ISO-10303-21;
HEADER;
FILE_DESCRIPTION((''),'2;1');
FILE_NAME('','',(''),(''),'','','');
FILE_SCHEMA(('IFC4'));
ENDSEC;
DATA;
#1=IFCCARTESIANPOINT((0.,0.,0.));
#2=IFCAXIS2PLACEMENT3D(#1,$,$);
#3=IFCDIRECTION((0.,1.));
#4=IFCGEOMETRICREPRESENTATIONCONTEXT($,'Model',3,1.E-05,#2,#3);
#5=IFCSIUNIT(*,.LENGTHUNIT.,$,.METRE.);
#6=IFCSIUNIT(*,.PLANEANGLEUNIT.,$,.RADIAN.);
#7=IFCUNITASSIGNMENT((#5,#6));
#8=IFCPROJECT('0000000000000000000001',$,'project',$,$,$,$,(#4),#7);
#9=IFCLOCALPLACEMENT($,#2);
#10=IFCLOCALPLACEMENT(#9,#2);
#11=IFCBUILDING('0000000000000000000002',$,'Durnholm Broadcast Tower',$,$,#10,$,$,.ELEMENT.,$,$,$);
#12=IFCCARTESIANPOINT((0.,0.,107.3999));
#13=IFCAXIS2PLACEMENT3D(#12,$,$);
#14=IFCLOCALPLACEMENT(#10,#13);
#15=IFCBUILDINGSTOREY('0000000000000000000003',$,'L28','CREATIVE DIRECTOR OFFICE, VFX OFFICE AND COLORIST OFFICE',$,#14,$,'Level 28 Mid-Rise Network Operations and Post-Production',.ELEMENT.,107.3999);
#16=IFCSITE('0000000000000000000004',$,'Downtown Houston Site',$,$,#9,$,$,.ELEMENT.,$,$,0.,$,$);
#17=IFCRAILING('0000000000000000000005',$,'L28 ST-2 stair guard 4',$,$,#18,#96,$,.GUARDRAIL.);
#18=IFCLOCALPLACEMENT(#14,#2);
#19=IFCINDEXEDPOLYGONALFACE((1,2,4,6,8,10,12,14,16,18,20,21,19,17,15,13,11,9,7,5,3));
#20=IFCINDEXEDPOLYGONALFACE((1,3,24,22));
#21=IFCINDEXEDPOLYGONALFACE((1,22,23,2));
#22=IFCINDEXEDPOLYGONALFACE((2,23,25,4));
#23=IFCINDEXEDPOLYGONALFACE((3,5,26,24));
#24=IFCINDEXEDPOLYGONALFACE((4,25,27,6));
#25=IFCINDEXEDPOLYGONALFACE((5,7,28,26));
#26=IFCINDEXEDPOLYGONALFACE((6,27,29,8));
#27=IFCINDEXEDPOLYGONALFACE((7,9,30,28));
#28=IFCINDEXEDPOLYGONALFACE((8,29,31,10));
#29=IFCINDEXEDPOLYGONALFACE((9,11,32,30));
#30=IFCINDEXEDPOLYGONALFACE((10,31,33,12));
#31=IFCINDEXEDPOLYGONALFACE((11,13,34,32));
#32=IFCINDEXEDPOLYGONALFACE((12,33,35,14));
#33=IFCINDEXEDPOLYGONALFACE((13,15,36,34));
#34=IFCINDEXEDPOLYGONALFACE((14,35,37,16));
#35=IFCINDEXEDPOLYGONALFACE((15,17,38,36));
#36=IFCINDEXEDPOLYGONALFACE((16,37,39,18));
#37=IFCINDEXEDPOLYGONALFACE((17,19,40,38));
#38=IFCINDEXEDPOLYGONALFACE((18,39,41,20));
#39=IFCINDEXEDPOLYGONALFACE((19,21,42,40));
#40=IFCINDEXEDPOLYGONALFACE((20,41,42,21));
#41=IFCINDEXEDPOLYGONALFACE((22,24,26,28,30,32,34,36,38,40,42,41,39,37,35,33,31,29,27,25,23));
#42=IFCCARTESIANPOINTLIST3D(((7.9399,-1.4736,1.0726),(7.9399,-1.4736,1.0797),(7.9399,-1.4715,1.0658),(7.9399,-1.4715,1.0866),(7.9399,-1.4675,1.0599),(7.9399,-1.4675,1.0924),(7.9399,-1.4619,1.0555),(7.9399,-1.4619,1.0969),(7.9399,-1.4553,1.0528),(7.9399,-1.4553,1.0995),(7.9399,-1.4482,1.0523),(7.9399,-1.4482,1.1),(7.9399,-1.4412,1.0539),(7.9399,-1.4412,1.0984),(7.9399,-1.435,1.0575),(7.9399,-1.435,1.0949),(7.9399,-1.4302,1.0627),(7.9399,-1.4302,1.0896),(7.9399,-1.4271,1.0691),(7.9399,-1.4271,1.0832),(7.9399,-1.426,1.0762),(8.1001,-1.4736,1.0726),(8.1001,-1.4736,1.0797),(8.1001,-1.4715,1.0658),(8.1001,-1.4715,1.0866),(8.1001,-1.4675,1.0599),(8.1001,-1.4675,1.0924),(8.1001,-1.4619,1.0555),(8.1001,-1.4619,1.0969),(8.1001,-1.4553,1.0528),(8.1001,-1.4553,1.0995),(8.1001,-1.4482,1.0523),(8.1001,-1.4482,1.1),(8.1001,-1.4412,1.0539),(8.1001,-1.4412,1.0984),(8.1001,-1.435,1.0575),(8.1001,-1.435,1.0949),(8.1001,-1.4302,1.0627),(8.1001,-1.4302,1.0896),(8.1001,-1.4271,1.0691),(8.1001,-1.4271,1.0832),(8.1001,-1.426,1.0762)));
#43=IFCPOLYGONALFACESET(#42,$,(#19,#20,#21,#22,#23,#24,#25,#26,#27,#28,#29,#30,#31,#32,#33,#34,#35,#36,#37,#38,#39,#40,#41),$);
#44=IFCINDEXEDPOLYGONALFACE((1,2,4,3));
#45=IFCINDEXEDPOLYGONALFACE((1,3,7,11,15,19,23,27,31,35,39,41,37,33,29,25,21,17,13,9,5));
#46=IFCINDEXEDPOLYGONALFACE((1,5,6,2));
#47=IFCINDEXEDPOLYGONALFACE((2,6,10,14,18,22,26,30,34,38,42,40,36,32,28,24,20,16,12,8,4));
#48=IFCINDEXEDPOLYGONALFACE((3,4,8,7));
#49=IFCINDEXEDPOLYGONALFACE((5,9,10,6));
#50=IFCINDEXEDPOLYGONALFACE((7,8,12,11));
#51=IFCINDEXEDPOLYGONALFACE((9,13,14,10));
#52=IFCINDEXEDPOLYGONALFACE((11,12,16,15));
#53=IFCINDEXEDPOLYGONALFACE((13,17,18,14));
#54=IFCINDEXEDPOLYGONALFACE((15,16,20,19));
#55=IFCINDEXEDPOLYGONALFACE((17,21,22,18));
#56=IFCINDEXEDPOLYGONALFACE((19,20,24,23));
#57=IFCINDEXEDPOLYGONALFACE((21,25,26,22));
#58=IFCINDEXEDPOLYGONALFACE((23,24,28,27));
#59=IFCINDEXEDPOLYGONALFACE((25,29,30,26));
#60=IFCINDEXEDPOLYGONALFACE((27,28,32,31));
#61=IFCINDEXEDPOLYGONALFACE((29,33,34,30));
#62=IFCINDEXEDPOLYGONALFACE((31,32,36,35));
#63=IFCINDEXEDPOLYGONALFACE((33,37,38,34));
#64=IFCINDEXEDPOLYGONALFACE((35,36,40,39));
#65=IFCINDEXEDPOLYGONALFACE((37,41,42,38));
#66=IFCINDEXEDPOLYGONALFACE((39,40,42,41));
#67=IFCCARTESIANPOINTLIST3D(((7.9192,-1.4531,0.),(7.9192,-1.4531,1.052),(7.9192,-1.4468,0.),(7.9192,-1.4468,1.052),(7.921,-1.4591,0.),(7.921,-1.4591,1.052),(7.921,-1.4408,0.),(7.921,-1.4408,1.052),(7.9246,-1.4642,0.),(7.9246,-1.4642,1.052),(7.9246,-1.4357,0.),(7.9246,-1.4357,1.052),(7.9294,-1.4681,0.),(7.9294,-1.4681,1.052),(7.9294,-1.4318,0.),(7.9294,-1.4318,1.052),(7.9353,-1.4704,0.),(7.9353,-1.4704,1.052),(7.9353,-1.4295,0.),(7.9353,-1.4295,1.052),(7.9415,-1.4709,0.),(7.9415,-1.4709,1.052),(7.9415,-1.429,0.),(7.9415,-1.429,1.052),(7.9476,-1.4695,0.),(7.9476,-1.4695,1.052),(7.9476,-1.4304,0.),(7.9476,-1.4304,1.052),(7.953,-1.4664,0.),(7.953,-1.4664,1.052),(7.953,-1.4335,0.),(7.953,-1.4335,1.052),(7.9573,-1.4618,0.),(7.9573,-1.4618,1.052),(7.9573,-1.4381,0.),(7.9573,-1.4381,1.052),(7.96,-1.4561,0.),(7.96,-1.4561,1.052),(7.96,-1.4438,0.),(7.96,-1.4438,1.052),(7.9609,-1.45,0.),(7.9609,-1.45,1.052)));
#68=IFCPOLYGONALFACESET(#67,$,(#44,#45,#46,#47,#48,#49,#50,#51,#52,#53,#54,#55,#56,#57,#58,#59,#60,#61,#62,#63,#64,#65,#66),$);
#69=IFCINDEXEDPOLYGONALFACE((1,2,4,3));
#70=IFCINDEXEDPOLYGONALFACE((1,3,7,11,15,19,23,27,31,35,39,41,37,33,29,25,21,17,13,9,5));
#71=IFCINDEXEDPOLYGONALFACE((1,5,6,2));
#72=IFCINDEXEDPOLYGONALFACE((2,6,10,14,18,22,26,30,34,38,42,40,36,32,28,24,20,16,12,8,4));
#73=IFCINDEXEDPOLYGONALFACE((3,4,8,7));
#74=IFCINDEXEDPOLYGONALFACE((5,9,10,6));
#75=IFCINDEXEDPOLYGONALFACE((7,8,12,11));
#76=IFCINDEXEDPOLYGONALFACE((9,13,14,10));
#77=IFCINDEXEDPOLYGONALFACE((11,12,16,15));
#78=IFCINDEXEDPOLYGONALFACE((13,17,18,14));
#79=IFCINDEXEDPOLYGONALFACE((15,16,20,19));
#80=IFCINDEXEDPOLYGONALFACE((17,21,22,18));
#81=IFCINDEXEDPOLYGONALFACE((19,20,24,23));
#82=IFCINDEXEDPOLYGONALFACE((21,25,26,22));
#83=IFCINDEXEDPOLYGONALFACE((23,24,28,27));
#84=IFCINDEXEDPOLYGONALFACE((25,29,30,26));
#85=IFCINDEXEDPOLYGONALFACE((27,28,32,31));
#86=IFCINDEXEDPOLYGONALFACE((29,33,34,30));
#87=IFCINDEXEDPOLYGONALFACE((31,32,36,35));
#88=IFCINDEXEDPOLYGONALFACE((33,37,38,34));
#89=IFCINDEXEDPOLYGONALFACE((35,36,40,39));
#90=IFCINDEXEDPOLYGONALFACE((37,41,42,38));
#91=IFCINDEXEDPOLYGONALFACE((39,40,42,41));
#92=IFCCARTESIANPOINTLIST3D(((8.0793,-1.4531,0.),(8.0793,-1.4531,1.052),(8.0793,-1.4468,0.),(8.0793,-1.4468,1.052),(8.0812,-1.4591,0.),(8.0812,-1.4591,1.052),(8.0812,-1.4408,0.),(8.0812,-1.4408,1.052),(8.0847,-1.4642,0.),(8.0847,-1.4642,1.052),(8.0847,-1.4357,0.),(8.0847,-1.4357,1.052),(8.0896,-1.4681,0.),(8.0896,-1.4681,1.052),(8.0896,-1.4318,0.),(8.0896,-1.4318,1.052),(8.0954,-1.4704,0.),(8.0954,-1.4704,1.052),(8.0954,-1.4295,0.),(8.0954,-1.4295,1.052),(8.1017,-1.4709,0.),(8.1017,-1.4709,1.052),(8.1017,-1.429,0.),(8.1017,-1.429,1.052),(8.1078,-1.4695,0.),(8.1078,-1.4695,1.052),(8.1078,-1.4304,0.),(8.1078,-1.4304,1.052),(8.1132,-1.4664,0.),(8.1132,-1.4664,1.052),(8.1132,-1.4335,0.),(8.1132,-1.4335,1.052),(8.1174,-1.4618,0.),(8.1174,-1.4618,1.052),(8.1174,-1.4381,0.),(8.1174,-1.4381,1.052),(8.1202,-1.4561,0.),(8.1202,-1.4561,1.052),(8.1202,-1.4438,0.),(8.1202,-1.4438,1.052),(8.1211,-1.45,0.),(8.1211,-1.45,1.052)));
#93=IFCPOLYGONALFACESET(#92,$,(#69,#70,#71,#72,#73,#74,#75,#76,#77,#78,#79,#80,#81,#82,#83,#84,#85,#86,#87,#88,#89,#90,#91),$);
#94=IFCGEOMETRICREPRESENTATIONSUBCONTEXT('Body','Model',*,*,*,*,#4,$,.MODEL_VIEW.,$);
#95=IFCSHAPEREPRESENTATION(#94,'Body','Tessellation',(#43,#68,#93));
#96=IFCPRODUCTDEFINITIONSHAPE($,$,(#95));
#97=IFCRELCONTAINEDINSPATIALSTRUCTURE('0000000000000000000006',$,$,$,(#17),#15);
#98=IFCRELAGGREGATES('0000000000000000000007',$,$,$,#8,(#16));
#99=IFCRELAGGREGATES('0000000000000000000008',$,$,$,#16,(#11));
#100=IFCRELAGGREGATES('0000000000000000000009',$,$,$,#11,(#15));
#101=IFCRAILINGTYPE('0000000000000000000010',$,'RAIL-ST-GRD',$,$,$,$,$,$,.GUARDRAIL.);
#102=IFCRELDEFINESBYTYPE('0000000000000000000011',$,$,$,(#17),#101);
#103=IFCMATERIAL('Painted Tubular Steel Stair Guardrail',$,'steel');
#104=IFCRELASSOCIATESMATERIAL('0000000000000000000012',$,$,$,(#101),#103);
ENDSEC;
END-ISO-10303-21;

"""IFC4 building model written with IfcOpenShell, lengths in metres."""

from ifc_helpers import new_model, si_unit, direction, frame, origin, origin_2d, place, context, subcontext, project, spatial, circle, extrude, material, type_object, element, save


model = new_model("IFC4")

# Units and contexts
model_context = context("Model", 3, precision=1e-05, world=origin(), true_north=direction((0.0, 1.0)))
body_context = subcontext(model_context, "Body", "Model", "MODEL_VIEW")
ifc_project = project(units=[si_unit("LENGTHUNIT", "METRE"), si_unit("PLANEANGLEUNIT", "RADIAN")], contexts=[model_context])

# Site, building, storey
site_placement = place(None, origin())
site = spatial("IfcSite", under=ifc_project, at=site_placement, Name="Downtown Houston Site", CompositionType="ELEMENT", RefElevation=0.0)
building_placement = place(site_placement, origin())
building = spatial("IfcBuilding", under=site, at=building_placement, Name="Durnholm Broadcast Tower", CompositionType="ELEMENT")
storey_placement = place(building_placement, frame((0.0, 0.0, 107.3999)))
storey = spatial("IfcBuildingStorey", under=building, at=storey_placement, Name="L28", Description="CREATIVE DIRECTOR OFFICE, VFX OFFICE AND COLORIST OFFICE", LongName="Level 28 Mid-Rise Network Operations and Post-Production", CompositionType="ELEMENT", Elevation=107.3999)

# Railing
ifc_material_1 = material(Name="Painted Tubular Steel Stair Guardrail", Category="steel")
railing_type_1 = type_object("IfcRailingType", Name="RAIL-ST-GRD", PredefinedType="GUARDRAIL", material=ifc_material_1)
railing_1_placement = place(storey_placement, frame((7.9399, -1.45, 0.0)))
element("IfcRailing", 1, at=railing_1_placement, inside=storey, type_object=railing_type_1, Name="L28 ST-2 stair guard 4", PredefinedType="GUARDRAIL", context=body_context, shape_type="SweptSolid", body=[
    extrude(circle(Radius=0.0239, at=origin_2d()), frame((0.0, 0.0, 1.0762), z_axis=(1.0, 0.0, 0.0), x_axis=(0.0, 1.0, 0.0)), (0.0, 0.0, 1.0), 0.1602),
    extrude(circle(Radius=0.021, at=origin_2d()), origin(), (0.0, 0.0, 1.0), 1.052),
    extrude(circle(Radius=0.021, at=origin_2d()), frame((0.1602, 0.0, 0.0)), (0.0, 0.0, 1.0), 1.052),
])

save(model, "model.ifc")
